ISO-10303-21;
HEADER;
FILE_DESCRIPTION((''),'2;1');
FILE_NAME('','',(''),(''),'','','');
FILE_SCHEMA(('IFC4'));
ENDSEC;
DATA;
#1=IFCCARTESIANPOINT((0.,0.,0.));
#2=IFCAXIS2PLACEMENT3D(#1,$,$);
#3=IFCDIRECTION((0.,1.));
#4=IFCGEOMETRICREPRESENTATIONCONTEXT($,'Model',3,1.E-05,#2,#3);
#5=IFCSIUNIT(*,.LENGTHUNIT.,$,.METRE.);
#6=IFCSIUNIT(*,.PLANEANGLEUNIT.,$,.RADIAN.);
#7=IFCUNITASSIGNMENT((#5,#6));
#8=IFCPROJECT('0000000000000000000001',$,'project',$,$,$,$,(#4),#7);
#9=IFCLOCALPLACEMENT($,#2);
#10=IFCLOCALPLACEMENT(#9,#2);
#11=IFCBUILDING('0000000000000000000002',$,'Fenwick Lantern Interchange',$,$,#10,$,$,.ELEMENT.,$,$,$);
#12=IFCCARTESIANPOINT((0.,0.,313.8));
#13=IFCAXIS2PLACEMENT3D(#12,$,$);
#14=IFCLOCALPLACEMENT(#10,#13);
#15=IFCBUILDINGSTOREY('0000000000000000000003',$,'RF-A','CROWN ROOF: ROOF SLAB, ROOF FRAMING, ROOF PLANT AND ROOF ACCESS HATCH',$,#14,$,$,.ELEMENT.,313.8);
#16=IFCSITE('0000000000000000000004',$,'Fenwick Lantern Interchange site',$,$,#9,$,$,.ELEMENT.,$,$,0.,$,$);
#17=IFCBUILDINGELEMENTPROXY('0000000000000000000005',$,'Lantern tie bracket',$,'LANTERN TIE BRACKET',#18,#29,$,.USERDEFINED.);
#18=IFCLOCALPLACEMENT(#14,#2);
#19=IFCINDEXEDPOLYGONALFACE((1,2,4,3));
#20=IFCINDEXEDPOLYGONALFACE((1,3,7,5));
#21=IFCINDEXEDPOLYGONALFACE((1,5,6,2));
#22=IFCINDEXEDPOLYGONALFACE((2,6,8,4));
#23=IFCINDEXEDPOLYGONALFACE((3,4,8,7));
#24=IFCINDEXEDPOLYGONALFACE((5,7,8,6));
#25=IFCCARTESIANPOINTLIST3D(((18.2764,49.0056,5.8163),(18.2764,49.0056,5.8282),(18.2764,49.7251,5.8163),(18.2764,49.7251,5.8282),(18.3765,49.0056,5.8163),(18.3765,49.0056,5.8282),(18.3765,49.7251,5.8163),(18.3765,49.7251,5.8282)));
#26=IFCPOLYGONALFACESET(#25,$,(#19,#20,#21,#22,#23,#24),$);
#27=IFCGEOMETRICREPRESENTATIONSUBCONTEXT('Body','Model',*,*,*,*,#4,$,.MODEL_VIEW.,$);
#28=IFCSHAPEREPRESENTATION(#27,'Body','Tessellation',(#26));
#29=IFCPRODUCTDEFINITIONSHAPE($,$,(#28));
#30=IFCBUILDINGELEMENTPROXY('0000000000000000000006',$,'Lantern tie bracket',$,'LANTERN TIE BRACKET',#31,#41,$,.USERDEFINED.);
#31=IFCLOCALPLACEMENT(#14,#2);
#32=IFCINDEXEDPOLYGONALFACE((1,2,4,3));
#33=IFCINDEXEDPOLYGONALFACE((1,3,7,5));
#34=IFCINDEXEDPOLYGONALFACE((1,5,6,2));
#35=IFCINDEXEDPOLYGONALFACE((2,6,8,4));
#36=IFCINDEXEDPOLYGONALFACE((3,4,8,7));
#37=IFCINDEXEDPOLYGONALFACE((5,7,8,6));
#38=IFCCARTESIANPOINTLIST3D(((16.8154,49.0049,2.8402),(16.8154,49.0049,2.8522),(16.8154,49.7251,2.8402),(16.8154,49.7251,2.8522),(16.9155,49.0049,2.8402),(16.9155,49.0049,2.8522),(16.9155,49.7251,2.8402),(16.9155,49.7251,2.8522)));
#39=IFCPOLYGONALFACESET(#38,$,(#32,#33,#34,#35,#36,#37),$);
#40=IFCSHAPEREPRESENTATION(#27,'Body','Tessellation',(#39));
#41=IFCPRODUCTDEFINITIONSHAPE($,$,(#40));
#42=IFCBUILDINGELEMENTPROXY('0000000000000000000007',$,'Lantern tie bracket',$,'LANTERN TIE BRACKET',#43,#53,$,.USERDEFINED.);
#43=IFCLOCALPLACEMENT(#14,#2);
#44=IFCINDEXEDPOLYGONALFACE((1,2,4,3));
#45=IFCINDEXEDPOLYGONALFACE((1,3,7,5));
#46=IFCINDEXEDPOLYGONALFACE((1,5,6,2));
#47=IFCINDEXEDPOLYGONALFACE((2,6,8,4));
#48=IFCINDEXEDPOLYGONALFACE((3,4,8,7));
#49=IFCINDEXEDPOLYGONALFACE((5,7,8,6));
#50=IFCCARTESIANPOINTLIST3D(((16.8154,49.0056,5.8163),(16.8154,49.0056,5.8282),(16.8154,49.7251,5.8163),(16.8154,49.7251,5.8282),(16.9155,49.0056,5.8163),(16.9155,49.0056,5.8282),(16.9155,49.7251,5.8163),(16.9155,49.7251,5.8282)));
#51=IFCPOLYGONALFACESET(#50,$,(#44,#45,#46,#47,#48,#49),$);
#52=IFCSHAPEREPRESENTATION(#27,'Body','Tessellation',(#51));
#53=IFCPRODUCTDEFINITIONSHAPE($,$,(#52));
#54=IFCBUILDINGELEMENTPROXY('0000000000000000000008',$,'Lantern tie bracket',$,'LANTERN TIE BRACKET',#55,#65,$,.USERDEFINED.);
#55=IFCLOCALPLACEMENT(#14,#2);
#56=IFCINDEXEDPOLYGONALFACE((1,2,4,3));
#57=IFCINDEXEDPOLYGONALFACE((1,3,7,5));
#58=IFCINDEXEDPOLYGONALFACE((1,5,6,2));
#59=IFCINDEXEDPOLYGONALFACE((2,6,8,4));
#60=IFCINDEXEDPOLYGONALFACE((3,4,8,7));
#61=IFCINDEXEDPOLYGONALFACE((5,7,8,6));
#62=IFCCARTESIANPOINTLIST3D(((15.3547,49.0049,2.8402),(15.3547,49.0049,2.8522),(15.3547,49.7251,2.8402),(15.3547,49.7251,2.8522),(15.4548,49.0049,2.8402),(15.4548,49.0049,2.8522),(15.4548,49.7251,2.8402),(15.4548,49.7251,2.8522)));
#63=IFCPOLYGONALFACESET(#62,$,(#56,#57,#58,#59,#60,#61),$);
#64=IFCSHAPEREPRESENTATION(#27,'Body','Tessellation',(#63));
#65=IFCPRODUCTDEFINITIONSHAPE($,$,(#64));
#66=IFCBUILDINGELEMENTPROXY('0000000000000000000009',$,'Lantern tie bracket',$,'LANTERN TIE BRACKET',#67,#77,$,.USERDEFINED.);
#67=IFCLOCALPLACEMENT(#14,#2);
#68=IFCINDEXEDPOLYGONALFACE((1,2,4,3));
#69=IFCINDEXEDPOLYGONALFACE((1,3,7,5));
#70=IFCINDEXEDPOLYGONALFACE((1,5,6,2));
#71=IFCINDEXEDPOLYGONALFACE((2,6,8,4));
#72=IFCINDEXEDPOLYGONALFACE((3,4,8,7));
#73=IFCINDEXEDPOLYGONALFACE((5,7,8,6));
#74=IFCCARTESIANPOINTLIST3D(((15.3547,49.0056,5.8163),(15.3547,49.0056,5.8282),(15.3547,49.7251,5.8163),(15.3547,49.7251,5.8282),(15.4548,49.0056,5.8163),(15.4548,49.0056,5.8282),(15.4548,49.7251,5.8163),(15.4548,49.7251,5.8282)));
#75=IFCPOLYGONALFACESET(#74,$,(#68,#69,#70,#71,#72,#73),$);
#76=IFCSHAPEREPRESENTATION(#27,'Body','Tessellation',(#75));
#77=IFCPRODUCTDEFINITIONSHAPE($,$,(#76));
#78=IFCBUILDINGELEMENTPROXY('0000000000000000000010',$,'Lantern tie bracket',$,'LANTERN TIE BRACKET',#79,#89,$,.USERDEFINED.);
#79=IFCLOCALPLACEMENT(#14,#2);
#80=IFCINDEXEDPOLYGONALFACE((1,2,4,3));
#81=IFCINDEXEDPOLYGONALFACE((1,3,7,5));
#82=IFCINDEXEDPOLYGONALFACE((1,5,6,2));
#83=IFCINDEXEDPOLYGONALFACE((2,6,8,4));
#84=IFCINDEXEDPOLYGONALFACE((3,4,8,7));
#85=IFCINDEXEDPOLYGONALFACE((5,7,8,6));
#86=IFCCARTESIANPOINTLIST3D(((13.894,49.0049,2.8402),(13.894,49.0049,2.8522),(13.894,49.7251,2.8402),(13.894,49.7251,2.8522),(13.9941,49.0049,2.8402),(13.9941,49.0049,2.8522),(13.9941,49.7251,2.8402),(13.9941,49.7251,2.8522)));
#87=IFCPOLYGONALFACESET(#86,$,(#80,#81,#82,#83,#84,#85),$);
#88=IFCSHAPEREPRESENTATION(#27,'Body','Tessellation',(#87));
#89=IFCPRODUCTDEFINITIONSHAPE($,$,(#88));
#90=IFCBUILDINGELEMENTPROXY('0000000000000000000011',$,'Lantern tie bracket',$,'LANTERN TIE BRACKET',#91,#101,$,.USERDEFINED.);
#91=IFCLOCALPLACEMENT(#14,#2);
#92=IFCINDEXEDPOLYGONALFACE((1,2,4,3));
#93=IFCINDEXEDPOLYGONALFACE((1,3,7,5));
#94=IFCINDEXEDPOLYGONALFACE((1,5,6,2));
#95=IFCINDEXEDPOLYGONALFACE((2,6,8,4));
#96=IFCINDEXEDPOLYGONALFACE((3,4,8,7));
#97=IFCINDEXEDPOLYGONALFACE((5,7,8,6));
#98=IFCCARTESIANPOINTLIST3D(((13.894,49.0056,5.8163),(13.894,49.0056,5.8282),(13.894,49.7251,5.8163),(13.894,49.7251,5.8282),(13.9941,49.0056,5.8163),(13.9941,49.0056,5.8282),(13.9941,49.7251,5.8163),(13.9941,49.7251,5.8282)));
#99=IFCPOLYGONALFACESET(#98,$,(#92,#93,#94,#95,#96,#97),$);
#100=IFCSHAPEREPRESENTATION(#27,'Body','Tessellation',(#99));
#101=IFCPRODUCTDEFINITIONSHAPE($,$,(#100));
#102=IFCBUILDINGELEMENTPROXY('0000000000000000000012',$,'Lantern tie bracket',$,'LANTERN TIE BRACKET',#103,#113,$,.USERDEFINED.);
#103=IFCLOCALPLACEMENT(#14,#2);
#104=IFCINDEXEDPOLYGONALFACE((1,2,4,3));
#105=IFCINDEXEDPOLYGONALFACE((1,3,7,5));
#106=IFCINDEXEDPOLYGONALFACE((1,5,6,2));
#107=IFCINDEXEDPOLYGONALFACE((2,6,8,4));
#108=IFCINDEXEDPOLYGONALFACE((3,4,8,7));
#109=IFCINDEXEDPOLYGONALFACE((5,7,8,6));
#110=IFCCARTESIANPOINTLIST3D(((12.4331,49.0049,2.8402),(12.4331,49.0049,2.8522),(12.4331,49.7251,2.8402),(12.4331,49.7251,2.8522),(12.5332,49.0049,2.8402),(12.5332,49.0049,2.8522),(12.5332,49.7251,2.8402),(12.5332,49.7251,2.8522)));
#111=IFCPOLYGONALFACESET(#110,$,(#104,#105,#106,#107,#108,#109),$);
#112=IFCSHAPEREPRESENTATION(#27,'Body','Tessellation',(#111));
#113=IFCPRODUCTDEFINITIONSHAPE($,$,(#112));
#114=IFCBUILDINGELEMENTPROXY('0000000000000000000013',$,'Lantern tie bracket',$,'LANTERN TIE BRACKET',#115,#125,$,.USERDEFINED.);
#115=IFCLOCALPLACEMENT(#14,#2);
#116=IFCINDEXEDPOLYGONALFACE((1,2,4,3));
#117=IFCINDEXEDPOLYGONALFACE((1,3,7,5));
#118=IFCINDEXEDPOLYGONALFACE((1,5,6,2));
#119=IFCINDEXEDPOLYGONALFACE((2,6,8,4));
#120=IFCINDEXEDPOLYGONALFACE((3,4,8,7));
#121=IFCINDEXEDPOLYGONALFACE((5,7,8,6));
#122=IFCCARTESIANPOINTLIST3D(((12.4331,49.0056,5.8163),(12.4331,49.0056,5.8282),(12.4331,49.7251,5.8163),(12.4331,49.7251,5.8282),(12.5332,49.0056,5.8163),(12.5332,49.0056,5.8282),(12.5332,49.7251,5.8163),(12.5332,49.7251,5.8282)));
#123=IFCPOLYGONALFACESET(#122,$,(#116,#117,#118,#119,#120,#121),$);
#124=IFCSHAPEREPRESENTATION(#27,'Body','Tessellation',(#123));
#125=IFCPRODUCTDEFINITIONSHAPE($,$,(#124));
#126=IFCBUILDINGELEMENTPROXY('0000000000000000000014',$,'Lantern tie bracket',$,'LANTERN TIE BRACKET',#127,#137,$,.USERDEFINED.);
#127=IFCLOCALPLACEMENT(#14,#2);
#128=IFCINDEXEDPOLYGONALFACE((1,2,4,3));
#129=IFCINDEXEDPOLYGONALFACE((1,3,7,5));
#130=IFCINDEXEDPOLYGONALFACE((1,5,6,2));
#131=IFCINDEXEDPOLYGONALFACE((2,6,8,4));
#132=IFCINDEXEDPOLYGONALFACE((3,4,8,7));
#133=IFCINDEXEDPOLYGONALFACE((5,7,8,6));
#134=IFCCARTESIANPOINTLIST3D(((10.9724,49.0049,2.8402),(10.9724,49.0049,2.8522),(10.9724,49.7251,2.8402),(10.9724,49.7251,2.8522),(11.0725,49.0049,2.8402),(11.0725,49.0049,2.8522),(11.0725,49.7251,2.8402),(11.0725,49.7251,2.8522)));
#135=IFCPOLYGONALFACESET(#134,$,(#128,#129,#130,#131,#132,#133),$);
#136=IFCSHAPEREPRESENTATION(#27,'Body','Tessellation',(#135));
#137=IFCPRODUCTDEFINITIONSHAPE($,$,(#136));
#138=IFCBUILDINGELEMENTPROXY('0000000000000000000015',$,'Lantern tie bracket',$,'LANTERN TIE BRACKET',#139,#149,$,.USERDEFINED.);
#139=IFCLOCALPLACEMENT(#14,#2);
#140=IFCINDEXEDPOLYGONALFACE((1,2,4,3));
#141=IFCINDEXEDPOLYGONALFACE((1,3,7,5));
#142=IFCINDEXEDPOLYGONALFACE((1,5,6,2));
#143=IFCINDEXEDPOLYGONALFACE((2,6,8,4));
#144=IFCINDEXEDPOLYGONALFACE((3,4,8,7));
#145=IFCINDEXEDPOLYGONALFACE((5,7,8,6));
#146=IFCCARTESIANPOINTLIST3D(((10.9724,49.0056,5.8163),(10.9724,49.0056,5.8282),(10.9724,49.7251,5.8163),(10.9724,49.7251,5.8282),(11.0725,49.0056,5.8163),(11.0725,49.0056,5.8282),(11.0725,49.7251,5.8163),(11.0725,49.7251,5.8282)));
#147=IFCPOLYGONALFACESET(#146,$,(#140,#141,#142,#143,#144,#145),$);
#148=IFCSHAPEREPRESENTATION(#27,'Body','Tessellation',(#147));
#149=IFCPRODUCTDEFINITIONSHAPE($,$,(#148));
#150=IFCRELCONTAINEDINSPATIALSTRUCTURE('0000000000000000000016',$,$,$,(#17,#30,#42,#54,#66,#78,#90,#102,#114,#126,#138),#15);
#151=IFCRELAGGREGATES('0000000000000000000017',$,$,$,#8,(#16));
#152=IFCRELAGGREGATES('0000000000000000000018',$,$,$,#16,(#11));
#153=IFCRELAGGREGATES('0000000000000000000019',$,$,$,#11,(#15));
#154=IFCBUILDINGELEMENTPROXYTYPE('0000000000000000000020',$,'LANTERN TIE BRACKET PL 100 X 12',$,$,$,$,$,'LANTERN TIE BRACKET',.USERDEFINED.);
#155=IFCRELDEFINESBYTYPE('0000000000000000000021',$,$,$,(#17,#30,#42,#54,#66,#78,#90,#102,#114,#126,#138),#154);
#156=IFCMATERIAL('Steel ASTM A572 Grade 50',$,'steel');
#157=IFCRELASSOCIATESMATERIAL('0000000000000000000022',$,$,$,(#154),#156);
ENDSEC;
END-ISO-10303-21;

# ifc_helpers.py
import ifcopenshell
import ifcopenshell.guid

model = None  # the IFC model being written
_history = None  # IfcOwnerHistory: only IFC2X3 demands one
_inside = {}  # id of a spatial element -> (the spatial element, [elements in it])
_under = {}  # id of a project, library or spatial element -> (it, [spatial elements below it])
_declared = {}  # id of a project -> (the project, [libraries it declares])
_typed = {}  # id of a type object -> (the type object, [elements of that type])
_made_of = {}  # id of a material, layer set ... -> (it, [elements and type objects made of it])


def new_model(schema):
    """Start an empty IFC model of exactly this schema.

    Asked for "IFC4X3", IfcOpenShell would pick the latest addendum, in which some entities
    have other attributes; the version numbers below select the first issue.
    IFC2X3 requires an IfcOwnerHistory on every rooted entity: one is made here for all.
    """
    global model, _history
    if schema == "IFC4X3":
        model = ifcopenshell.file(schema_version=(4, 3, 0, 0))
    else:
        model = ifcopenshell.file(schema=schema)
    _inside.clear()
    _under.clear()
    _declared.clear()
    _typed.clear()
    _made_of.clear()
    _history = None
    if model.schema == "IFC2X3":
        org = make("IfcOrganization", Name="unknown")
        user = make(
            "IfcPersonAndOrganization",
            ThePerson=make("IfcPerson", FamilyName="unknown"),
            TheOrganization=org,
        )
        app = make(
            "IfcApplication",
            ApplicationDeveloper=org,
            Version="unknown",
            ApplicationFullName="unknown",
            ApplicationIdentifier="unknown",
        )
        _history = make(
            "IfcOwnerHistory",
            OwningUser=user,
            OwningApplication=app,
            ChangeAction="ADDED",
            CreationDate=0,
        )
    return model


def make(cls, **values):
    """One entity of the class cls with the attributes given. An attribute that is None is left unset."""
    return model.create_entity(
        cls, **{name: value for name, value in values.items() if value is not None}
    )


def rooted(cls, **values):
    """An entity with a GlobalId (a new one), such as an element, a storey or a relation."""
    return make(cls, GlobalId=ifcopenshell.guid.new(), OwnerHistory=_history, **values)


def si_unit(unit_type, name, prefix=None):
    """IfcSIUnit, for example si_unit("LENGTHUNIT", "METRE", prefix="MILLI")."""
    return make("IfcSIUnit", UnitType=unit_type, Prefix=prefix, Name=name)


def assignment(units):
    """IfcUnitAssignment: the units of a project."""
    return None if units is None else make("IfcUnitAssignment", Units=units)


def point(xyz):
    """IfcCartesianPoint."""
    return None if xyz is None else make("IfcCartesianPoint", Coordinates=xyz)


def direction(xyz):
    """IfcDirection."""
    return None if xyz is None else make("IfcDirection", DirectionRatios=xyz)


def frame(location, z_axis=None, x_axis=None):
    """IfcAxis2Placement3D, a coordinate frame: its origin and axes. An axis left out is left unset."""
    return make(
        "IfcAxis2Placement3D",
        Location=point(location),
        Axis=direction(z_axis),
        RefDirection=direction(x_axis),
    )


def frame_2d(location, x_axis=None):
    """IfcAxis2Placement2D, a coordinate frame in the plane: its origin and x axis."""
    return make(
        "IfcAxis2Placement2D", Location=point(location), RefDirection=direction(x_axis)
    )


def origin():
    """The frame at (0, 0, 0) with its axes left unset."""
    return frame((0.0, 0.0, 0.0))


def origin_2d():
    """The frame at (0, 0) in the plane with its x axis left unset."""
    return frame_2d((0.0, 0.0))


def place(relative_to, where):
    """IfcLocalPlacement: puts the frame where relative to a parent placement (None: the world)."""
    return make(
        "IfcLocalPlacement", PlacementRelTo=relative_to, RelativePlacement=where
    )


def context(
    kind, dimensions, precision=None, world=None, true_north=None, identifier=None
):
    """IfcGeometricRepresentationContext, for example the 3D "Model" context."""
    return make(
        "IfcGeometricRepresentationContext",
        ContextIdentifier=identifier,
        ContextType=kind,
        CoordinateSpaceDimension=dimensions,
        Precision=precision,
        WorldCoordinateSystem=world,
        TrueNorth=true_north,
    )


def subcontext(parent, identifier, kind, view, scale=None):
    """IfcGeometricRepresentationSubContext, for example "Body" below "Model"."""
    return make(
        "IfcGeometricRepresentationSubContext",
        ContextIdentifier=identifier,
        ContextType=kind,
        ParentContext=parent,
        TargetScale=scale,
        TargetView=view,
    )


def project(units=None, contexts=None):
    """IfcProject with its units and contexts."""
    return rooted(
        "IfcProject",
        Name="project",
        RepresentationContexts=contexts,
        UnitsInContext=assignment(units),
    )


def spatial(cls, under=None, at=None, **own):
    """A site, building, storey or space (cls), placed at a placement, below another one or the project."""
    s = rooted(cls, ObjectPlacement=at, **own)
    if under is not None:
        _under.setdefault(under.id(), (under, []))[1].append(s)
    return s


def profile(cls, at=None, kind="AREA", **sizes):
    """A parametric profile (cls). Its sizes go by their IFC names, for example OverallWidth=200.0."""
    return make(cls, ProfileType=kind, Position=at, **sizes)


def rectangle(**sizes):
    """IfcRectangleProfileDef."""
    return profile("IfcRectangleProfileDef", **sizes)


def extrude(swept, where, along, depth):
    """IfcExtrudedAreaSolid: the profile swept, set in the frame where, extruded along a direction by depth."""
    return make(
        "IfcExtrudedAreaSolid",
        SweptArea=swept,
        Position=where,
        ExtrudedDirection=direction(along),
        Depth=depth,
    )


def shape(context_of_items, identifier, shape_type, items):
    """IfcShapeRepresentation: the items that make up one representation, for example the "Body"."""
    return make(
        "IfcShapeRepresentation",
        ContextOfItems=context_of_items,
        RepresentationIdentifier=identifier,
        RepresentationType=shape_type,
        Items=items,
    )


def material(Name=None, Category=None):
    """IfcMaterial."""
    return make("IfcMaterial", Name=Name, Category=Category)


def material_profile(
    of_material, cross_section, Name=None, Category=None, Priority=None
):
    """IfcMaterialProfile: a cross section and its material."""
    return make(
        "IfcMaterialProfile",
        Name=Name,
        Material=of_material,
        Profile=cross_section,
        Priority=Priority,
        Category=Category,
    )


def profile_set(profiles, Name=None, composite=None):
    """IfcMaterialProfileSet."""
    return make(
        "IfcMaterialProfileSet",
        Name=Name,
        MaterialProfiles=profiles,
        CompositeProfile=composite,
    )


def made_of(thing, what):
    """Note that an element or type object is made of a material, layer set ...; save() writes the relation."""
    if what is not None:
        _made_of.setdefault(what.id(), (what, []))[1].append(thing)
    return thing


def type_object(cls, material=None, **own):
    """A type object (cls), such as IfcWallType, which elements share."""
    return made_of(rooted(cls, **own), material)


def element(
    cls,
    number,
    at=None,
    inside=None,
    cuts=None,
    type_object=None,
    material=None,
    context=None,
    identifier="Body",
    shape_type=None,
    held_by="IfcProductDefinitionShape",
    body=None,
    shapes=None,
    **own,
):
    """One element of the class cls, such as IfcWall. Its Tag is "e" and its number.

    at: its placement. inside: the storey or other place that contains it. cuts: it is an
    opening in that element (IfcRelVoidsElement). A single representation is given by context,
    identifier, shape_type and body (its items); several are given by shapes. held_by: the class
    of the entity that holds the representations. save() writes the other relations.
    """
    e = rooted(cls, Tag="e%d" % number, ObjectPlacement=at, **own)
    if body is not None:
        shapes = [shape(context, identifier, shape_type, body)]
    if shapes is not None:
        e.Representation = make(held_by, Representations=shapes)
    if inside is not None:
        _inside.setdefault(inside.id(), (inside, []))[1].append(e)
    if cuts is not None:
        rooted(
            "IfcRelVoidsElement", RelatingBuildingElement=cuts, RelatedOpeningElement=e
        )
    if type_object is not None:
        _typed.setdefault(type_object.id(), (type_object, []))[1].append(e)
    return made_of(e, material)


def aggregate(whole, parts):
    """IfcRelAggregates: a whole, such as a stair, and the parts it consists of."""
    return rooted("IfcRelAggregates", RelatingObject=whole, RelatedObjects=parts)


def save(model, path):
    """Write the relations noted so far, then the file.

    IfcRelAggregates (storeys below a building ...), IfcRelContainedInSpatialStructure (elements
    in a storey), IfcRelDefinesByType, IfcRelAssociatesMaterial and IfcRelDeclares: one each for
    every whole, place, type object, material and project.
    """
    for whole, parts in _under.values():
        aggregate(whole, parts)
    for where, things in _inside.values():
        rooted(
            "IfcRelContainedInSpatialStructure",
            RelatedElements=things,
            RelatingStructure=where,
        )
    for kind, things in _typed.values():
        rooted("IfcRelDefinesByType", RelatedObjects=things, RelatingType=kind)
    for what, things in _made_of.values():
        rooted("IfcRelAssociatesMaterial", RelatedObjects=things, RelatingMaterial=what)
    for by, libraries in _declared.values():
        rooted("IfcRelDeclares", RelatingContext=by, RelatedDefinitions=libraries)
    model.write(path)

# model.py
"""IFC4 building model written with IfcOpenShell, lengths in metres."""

from ifc_helpers import new_model, si_unit, direction, frame, origin, origin_2d, place, context, subcontext, project, spatial, rectangle, extrude, material, material_profile, profile_set, type_object, element, save


model = new_model("IFC4")

# Units and contexts
model_context = context("Model", 3, precision=1e-05, world=origin(), true_north=direction((0.0, 1.0)))
body_context = subcontext(model_context, "Body", "Model", "MODEL_VIEW")
ifc_project = project(units=[si_unit("LENGTHUNIT", "METRE"), si_unit("PLANEANGLEUNIT", "RADIAN")], contexts=[model_context])

# Site, building, storey
site_placement = place(None, origin())
site = spatial("IfcSite", under=ifc_project, at=site_placement, Name="Fenwick Lantern Interchange site", CompositionType="ELEMENT", RefElevation=0.0)
building_placement = place(site_placement, origin())
building = spatial("IfcBuilding", under=site, at=building_placement, Name="Fenwick Lantern Interchange", CompositionType="ELEMENT")
storey_placement = place(building_placement, frame((0.0, 0.0, 313.8)))
storey = spatial("IfcBuildingStorey", under=building, at=storey_placement, Name="RF-A", Description="CROWN ROOF: ROOF SLAB, ROOF FRAMING, ROOF PLANT AND ROOF ACCESS HATCH", CompositionType="ELEMENT", Elevation=313.8)

# Building element proxies
ifc_material_1 = material(Name="Steel ASTM A572 Grade 50", Category="steel")
ifc_material_profile_1 = material_profile(ifc_material_1, rectangle(XDim=0.1001, YDim=0.012, at=origin_2d()), Name="PL100X12")
ifc_profile_set_1 = profile_set([ifc_material_profile_1], Name="Steel ASTM A572 Grade 50")
building_element_proxy_type = type_object("IfcBuildingElementProxyType", Name="LANTERN TIE BRACKET PL 100 X 12", ElementType="LANTERN TIE BRACKET", PredefinedType="USERDEFINED", material=ifc_profile_set_1)
proxy_1_placement = place(storey_placement, frame((18.3264, 49.7251, 5.8223), z_axis=(0.0, -1.0, 0.0), x_axis=(1.0, 0.0, 0.0)))
element("IfcBuildingElementProxy", 1, at=proxy_1_placement, inside=storey, type_object=building_element_proxy_type, Name="Lantern tie bracket", ObjectType="LANTERN TIE BRACKET", PredefinedType="USERDEFINED", context=body_context, shape_type="SweptSolid", body=[
    extrude(rectangle(XDim=0.1001, YDim=0.012, at=origin_2d()), origin(), (0.0, 0.0, 1.0), 0.7195),
])
proxy_2_placement = place(storey_placement, frame((16.8655, 49.7251, 2.8462), z_axis=(0.0, -1.0, 0.0), x_axis=(1.0, 0.0, 0.0)))
element("IfcBuildingElementProxy", 2, at=proxy_2_placement, inside=storey, type_object=building_element_proxy_type, Name="Lantern tie bracket", ObjectType="LANTERN TIE BRACKET", PredefinedType="USERDEFINED", context=body_context, shape_type="SweptSolid", body=[
    extrude(rectangle(XDim=0.1001, YDim=0.012, at=origin_2d()), origin(), (0.0, 0.0, 1.0), 0.7202),
])
proxy_3_placement = place(storey_placement, frame((16.8655, 49.7251, 5.8223), z_axis=(0.0, -1.0, 0.0), x_axis=(1.0, 0.0, 0.0)))
element("IfcBuildingElementProxy", 3, at=proxy_3_placement, inside=storey, type_object=building_element_proxy_type, Name="Lantern tie bracket", ObjectType="LANTERN TIE BRACKET", PredefinedType="USERDEFINED", context=body_context, shape_type="SweptSolid", body=[
    extrude(rectangle(XDim=0.1001, YDim=0.012, at=origin_2d()), origin(), (0.0, 0.0, 1.0), 0.7195),
])
proxy_4_placement = place(storey_placement, frame((15.4048, 49.7251, 2.8462), z_axis=(0.0, -1.0, 0.0), x_axis=(1.0, 0.0, 0.0)))
element("IfcBuildingElementProxy", 4, at=proxy_4_placement, inside=storey, type_object=building_element_proxy_type, Name="Lantern tie bracket", ObjectType="LANTERN TIE BRACKET", PredefinedType="USERDEFINED", context=body_context, shape_type="SweptSolid", body=[
    extrude(rectangle(XDim=0.1001, YDim=0.012, at=origin_2d()), origin(), (0.0, 0.0, 1.0), 0.7202),
])
proxy_5_placement = place(storey_placement, frame((15.4048, 49.7251, 5.8223), z_axis=(0.0, -1.0, 0.0), x_axis=(1.0, 0.0, 0.0)))
element("IfcBuildingElementProxy", 5, at=proxy_5_placement, inside=storey, type_object=building_element_proxy_type, Name="Lantern tie bracket", ObjectType="LANTERN TIE BRACKET", PredefinedType="USERDEFINED", context=body_context, shape_type="SweptSolid", body=[
    extrude(rectangle(XDim=0.1001, YDim=0.012, at=origin_2d()), origin(), (0.0, 0.0, 1.0), 0.7195),
])
proxy_6_placement = place(storey_placement, frame((13.9441, 49.7251, 2.8462), z_axis=(0.0, -1.0, 0.0), x_axis=(1.0, 0.0, 0.0)))
element("IfcBuildingElementProxy", 6, at=proxy_6_placement, inside=storey, type_object=building_element_proxy_type, Name="Lantern tie bracket", ObjectType="LANTERN TIE BRACKET", PredefinedType="USERDEFINED", context=body_context, shape_type="SweptSolid", body=[
    extrude(rectangle(XDim=0.1001, YDim=0.012, at=origin_2d()), origin(), (0.0, 0.0, 1.0), 0.7202),
])
proxy_7_placement = place(storey_placement, frame((13.9441, 49.7251, 5.8223), z_axis=(0.0, -1.0, 0.0), x_axis=(1.0, 0.0, 0.0)))
element("IfcBuildingElementProxy", 7, at=proxy_7_placement, inside=storey, type_object=building_element_proxy_type, Name="Lantern tie bracket", ObjectType="LANTERN TIE BRACKET", PredefinedType="USERDEFINED", context=body_context, shape_type="SweptSolid", body=[
    extrude(rectangle(XDim=0.1001, YDim=0.012, at=origin_2d()), origin(), (0.0, 0.0, 1.0), 0.7195),
])
proxy_8_placement = place(storey_placement, frame((12.4832, 49.7251, 2.8462), z_axis=(0.0, -1.0, 0.0), x_axis=(1.0, 0.0, 0.0)))
element("IfcBuildingElementProxy", 8, at=proxy_8_placement, inside=storey, type_object=building_element_proxy_type, Name="Lantern tie bracket", ObjectType="LANTERN TIE BRACKET", PredefinedType="USERDEFINED", context=body_context, shape_type="SweptSolid", body=[
    extrude(rectangle(XDim=0.1001, YDim=0.012, at=origin_2d()), origin(), (0.0, 0.0, 1.0), 0.7202),
])
proxy_9_placement = place(storey_placement, frame((12.4832, 49.7251, 5.8223), z_axis=(0.0, -1.0, 0.0), x_axis=(1.0, 0.0, 0.0)))
element("IfcBuildingElementProxy", 9, at=proxy_9_placement, inside=storey, type_object=building_element_proxy_type, Name="Lantern tie bracket", ObjectType="LANTERN TIE BRACKET", PredefinedType="USERDEFINED", context=body_context, shape_type="SweptSolid", body=[
    extrude(rectangle(XDim=0.1001, YDim=0.012, at=origin_2d()), origin(), (0.0, 0.0, 1.0), 0.7195),
])
proxy_10_placement = place(storey_placement, frame((11.0225, 49.7251, 2.8462), z_axis=(0.0, -1.0, 0.0), x_axis=(1.0, 0.0, 0.0)))
element("IfcBuildingElementProxy", 10, at=proxy_10_placement, inside=storey, type_object=building_element_proxy_type, Name="Lantern tie bracket", ObjectType="LANTERN TIE BRACKET", PredefinedType="USERDEFINED", context=body_context, shape_type="SweptSolid", body=[
    extrude(rectangle(XDim=0.1001, YDim=0.012, at=origin_2d()), origin(), (0.0, 0.0, 1.0), 0.7202),
])
proxy_11_placement = place(storey_placement, frame((11.0225, 49.7251, 5.8223), z_axis=(0.0, -1.0, 0.0), x_axis=(1.0, 0.0, 0.0)))
element("IfcBuildingElementProxy", 11, at=proxy_11_placement, inside=storey, type_object=building_element_proxy_type, Name="Lantern tie bracket", ObjectType="LANTERN TIE BRACKET", PredefinedType="USERDEFINED", context=body_context, shape_type="SweptSolid", body=[
    extrude(rectangle(XDim=0.1001, YDim=0.012, at=origin_2d()), origin(), (0.0, 0.0, 1.0), 0.7195),
])

save(model, "model.ifc")
